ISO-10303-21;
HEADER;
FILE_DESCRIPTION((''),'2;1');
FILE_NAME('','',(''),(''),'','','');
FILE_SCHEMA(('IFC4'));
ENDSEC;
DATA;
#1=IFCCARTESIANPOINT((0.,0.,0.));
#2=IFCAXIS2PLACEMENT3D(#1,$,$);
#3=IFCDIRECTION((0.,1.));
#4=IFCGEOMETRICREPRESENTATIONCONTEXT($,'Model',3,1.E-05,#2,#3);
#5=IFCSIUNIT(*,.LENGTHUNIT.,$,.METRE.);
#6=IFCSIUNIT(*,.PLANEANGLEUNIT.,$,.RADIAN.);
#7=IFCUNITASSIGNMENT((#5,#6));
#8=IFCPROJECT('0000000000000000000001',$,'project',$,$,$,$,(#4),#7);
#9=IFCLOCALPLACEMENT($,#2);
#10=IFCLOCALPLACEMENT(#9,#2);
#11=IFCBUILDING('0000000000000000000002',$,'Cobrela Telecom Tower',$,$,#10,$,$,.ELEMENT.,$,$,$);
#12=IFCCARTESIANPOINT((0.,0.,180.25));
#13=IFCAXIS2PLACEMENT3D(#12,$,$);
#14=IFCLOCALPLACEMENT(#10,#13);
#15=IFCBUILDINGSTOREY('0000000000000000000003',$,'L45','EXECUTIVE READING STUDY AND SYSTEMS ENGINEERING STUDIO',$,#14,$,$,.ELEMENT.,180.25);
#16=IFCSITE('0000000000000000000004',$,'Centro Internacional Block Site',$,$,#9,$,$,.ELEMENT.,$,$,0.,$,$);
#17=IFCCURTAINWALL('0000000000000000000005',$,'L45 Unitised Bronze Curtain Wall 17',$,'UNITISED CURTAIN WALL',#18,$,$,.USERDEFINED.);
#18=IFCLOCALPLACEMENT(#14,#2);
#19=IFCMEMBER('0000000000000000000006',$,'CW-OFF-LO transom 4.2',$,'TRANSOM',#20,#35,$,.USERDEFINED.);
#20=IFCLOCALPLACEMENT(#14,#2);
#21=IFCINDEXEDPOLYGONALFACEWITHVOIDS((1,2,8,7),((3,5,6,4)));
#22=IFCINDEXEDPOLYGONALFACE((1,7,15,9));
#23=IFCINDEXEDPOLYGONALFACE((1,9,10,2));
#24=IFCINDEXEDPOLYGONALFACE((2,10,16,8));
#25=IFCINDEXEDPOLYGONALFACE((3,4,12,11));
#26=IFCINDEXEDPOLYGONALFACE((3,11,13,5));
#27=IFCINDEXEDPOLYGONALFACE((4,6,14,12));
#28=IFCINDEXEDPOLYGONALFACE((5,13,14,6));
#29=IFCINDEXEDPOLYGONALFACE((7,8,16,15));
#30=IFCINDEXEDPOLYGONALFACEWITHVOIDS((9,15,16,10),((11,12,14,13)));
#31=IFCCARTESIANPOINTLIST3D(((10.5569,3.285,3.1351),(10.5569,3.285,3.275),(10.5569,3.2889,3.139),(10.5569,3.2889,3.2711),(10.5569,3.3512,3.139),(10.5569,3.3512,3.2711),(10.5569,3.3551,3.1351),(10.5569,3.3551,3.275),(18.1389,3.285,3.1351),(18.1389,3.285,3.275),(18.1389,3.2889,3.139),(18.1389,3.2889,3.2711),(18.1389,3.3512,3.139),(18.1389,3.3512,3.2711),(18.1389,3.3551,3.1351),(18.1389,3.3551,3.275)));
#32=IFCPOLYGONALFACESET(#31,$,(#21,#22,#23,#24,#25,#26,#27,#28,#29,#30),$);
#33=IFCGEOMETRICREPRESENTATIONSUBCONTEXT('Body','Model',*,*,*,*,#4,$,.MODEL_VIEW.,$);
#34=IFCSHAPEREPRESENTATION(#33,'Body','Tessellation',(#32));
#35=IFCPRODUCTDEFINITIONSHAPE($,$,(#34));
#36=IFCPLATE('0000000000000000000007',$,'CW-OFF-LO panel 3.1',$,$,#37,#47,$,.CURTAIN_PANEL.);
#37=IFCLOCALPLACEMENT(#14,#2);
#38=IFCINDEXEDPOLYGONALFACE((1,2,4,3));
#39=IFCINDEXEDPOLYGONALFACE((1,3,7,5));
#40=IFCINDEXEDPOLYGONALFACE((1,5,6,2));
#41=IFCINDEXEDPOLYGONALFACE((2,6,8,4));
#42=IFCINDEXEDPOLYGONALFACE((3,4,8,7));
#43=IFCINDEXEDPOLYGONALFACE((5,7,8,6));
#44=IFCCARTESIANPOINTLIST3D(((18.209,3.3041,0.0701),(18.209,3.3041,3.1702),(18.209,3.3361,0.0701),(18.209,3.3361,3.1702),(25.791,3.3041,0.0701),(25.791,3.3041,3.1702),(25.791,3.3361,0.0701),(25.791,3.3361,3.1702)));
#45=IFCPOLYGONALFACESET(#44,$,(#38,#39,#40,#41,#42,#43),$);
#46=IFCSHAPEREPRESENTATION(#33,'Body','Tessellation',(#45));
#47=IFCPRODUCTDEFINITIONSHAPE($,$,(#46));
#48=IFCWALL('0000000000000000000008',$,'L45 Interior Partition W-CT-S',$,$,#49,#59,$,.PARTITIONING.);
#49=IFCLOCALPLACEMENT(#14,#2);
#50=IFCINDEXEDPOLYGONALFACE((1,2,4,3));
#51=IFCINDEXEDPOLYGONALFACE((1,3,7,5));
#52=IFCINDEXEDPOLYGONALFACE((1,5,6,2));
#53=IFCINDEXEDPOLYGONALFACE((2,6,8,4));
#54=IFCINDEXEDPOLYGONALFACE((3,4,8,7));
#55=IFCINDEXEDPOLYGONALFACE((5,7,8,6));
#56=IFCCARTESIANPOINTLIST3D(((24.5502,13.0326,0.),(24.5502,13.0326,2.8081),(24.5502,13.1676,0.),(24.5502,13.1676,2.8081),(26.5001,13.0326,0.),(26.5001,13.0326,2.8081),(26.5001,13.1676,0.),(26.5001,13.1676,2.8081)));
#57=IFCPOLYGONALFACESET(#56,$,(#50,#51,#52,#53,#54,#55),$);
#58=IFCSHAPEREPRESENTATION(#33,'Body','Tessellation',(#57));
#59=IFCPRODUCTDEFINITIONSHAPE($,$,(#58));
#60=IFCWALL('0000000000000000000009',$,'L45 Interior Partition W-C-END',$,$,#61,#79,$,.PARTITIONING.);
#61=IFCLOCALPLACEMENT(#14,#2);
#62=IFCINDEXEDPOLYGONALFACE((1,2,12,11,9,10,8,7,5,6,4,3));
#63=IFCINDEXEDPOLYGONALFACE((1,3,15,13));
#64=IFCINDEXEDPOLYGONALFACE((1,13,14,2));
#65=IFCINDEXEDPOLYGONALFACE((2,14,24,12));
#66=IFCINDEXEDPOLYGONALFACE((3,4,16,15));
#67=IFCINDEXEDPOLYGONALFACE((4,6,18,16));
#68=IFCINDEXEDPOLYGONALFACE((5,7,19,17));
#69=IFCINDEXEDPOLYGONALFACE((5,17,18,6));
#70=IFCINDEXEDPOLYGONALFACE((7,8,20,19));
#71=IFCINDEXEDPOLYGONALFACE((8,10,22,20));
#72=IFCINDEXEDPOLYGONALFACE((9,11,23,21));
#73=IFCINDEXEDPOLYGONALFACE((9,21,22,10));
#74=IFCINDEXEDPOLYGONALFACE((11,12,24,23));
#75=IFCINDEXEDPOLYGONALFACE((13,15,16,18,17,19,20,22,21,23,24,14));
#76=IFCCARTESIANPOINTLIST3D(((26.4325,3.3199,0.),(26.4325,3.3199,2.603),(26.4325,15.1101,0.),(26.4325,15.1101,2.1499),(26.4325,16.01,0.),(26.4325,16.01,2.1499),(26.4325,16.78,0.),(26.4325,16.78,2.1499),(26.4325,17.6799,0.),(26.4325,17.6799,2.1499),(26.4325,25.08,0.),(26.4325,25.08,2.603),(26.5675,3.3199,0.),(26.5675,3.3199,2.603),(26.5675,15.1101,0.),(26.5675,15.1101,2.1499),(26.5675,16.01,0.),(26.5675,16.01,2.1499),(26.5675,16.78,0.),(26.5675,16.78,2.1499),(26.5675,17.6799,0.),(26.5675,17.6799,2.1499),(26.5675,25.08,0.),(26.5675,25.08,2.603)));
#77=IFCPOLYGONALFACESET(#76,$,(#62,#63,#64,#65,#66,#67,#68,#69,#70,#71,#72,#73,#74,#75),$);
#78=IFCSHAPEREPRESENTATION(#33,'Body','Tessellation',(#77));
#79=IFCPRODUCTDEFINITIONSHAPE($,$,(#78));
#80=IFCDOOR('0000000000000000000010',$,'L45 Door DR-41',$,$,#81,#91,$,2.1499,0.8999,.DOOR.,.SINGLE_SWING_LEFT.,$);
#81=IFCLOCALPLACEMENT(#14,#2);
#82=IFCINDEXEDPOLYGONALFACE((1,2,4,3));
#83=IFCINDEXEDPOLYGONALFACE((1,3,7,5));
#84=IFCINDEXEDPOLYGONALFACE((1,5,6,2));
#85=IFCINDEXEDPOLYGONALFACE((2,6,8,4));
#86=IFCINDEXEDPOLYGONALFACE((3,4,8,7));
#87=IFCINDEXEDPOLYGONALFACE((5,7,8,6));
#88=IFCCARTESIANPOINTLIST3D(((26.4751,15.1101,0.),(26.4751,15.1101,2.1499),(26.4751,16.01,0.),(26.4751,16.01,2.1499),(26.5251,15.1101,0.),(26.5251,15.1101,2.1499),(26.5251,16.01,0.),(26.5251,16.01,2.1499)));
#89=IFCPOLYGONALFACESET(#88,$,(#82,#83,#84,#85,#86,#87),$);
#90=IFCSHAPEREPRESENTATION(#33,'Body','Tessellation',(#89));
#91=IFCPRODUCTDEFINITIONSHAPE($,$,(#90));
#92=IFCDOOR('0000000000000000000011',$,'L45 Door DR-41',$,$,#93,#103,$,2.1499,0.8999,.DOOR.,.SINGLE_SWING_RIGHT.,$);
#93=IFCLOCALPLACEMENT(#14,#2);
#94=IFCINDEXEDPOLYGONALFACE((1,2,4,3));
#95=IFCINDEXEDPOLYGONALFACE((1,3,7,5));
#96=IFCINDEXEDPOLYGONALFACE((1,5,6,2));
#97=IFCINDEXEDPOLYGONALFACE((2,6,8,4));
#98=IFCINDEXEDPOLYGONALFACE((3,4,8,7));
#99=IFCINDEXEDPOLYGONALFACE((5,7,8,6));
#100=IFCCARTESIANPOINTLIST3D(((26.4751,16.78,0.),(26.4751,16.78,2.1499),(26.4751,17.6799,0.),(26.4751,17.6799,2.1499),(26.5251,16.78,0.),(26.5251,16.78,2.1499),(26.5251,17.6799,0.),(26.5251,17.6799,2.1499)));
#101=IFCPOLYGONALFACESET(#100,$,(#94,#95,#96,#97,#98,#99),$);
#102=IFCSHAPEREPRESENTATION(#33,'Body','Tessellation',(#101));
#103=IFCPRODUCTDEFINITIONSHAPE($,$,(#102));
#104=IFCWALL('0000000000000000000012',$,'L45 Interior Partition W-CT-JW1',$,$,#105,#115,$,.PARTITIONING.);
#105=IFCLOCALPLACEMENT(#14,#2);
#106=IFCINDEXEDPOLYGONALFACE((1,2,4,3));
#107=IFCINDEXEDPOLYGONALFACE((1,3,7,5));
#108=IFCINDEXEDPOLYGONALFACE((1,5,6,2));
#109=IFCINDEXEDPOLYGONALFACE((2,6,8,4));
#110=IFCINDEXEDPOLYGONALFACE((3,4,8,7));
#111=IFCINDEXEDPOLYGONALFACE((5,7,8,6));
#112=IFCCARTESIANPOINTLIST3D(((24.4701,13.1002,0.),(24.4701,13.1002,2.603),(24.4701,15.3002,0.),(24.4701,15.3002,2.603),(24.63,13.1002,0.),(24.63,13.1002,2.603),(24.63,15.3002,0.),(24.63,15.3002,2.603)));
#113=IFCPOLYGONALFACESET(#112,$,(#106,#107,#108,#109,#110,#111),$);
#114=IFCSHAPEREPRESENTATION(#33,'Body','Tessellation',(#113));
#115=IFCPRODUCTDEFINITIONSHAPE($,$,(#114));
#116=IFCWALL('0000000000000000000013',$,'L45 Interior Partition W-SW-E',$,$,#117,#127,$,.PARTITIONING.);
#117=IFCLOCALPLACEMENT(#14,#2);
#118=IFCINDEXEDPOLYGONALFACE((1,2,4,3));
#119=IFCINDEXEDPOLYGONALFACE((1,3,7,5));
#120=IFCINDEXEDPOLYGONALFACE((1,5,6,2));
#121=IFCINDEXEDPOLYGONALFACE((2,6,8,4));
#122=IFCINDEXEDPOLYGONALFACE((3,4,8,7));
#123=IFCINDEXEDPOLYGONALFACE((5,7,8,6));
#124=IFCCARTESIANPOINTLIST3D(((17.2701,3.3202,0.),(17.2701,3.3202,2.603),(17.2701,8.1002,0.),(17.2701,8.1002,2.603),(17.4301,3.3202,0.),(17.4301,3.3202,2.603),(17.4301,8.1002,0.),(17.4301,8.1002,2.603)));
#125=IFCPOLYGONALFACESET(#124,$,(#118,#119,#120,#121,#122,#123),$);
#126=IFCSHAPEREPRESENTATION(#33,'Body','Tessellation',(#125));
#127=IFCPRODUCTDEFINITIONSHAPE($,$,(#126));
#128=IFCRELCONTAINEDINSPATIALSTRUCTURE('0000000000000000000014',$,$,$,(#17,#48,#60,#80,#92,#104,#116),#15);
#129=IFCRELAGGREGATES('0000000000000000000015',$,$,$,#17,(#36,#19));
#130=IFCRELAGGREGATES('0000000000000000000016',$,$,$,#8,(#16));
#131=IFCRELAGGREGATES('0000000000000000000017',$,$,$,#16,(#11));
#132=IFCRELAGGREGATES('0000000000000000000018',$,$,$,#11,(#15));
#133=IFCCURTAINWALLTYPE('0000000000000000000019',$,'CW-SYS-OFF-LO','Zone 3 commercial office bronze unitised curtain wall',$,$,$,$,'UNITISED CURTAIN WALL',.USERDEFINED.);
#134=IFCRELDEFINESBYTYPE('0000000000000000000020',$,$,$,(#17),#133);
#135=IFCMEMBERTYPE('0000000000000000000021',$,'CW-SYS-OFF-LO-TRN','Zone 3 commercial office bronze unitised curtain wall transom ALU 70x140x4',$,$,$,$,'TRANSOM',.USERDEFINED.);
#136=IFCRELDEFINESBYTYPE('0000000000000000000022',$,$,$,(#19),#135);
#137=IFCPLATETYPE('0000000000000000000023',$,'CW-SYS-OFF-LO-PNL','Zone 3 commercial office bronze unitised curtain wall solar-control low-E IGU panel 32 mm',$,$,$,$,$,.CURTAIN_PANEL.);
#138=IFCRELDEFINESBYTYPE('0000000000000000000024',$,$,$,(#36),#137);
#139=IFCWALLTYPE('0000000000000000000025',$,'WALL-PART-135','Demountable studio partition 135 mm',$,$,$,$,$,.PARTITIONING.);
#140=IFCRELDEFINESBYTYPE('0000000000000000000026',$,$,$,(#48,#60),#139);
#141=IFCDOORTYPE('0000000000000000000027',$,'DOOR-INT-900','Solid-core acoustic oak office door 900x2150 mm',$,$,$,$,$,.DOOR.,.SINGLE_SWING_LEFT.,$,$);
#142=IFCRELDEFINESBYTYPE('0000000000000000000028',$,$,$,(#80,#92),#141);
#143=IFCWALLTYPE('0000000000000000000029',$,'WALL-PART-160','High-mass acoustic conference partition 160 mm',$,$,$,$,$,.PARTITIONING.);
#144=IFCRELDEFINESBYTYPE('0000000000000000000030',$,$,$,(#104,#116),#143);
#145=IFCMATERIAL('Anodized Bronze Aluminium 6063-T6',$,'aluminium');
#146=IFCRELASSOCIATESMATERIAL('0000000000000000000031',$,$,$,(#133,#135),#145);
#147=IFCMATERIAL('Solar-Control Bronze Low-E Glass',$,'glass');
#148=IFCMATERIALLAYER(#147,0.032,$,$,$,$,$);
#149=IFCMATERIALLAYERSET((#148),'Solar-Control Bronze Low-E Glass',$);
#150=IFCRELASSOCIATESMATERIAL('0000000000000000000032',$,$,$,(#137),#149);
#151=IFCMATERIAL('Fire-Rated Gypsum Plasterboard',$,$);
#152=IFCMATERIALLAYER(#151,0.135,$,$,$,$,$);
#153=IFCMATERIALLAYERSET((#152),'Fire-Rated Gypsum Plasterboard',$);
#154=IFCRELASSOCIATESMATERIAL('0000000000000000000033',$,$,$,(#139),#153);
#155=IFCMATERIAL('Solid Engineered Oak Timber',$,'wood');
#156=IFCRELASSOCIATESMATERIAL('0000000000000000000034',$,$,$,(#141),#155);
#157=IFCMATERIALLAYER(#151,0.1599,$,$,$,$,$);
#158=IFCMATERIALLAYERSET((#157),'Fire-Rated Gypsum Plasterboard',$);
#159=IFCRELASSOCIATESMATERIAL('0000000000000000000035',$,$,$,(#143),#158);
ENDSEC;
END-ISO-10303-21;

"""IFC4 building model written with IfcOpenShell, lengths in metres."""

from ifc_helpers import new_model, si_unit, direction, frame, frame_2d, origin, origin_2d, place, context, subcontext, project, spatial, rectangle, hollow_rectangle, extrude, material, layer, layer_set, material_profile, profile_set, type_object, element, fill, aggregate, save


model = new_model("IFC4")

# Units and contexts
model_context = context("Model", 3, precision=1e-05, world=origin(), true_north=direction((0.0, 1.0)))
body_context = subcontext(model_context, "Body", "Model", "MODEL_VIEW")
ifc_project = project(units=[si_unit("LENGTHUNIT", "METRE"), si_unit("PLANEANGLEUNIT", "RADIAN")], contexts=[model_context])

# Site, building, storey
site_placement = place(None, origin())
site = spatial("IfcSite", under=ifc_project, at=site_placement, Name="Centro Internacional Block Site", CompositionType="ELEMENT", RefElevation=0.0)
building_placement = place(site_placement, origin())
building = spatial("IfcBuilding", under=site, at=building_placement, Name="Cobrela Telecom Tower", CompositionType="ELEMENT")
storey_placement = place(building_placement, frame((0.0, 0.0, 180.25)))
storey = spatial("IfcBuildingStorey", under=building, at=storey_placement, Name="L45", Description="EXECUTIVE READING STUDY AND SYSTEMS ENGINEERING STUDIO", CompositionType="ELEMENT", Elevation=180.25)

# Curtain wall, member, plate
ifc_material_1 = material(Name="Anodized Bronze Aluminium 6063-T6", Category="aluminium")
curtain_wall_type = type_object("IfcCurtainWallType", Name="CW-SYS-OFF-LO", Description="Zone 3 commercial office bronze unitised curtain wall", ElementType="UNITISED CURTAIN WALL", PredefinedType="USERDEFINED", material=ifc_material_1)
curtain_wall_placement = place(storey_placement, origin())
curtain_wall = element("IfcCurtainWall", 1, at=curtain_wall_placement, inside=storey, type_object=curtain_wall_type, Name="L45 Unitised Bronze Curtain Wall 17", ObjectType="UNITISED CURTAIN WALL", PredefinedType="USERDEFINED")
ifc_material_profile_1 = material_profile(ifc_material_1, hollow_rectangle(XDim=0.0701, YDim=0.1399, WallThickness=0.0039, at=origin_2d()), Name="ALU 70x140x4")
ifc_profile_set_1 = profile_set([ifc_material_profile_1], Name="Anodized Bronze Aluminium 6063-T6")
member_type_1 = type_object("IfcMemberType", Name="CW-SYS-OFF-LO-TRN", Description="Zone 3 commercial office bronze unitised curtain wall transom ALU 70x140x4", ElementType="TRANSOM", PredefinedType="USERDEFINED", material=ifc_profile_set_1)
member_1_placement = place(storey_placement, frame((18.1389, 3.3201, 3.2051), z_axis=(-1.0, 0.0, 0.0), x_axis=(0.0, -1.0, 0.0)))
member_1 = element("IfcMember", 2, at=member_1_placement, type_object=member_type_1, Name="CW-OFF-LO transom 4.2", ObjectType="TRANSOM", PredefinedType="USERDEFINED", context=body_context, shape_type="SweptSolid", body=[
    extrude(hollow_rectangle(XDim=0.0701, YDim=0.1399, WallThickness=0.0039, at=origin_2d()), origin(), (0.0, 0.0, 1.0), 7.582),
])
ifc_material_2 = material(Name="Solar-Control Bronze Low-E Glass", Category="glass")
ifc_layer_1 = layer(ifc_material_2, 0.032)
ifc_layer_set_1 = layer_set([ifc_layer_1], Name="Solar-Control Bronze Low-E Glass")
plate_type = type_object("IfcPlateType", Name="CW-SYS-OFF-LO-PNL", Description="Zone 3 commercial office bronze unitised curtain wall solar-control low-E IGU panel 32 mm", PredefinedType="CURTAIN_PANEL", material=ifc_layer_set_1)
plate_placement = place(storey_placement, frame((22.0, 3.3201, 0.0701), z_axis=(0.0, 0.0, 1.0), x_axis=(-1.0, 0.0, 0.0)))
plate = element("IfcPlate", 3, at=plate_placement, type_object=plate_type, Name="CW-OFF-LO panel 3.1", PredefinedType="CURTAIN_PANEL", context=body_context, shape_type="SweptSolid", body=[
    extrude(rectangle(XDim=7.582, YDim=0.032, at=origin_2d()), origin(), (0.0, 0.0, 1.0), 3.1001),
])
aggregate(curtain_wall, [plate, member_1])

# Wall
ifc_material_3 = material(Name="Fire-Rated Gypsum Plasterboard")
ifc_layer_2 = layer(ifc_material_3, 0.135)
ifc_layer_set_2 = layer_set([ifc_layer_2], Name="Fire-Rated Gypsum Plasterboard")
wall_type_1 = type_object("IfcWallType", Name="WALL-PART-135", Description="Demountable studio partition 135 mm", PredefinedType="PARTITIONING", material=ifc_layer_set_2)
wall_1_placement = place(storey_placement, frame((24.55, 13.1001, 0.0), z_axis=(0.0, 0.0, 1.0), x_axis=(1.0, 0.0, 0.0)))
element("IfcWall", 4, at=wall_1_placement, inside=storey, type_object=wall_type_1, Name="L45 Interior Partition W-CT-S", PredefinedType="PARTITIONING", context=body_context, shape_type="SweptSolid", body=[
    extrude(rectangle(XDim=1.95, YDim=0.135, at=frame_2d((0.9751, 0.0))), origin(), (0.0, 0.0, 1.0), 2.8081),
])

# Wall, openings, doors
wall_2_placement = place(storey_placement, frame((26.5, 3.3201, 0.0), z_axis=(0.0, 0.0, 1.0), x_axis=(0.0, 1.0, 0.0)))
wall_2 = element("IfcWall", 5, at=wall_2_placement, inside=storey, type_object=wall_type_1, Name="L45 Interior Partition W-C-END", PredefinedType="PARTITIONING", context=body_context, shape_type="SweptSolid", body=[
    extrude(rectangle(XDim=21.76, YDim=0.135, at=frame_2d((10.8799, 0.0))), origin(), (0.0, 0.0, 1.0), 2.603),
])
opening_1_placement = place(wall_2_placement, frame((11.79, 0.0, 0.0)))
opening_1 = element("IfcOpeningElement", 6, at=opening_1_placement, cuts=wall_2, PredefinedType="OPENING", context=body_context, shape_type="SweptSolid", body=[
    extrude(rectangle(XDim=0.8999, YDim=2.1499, at=frame_2d((0.45, 1.075))), frame((0.0, 0.0796, 0.0), z_axis=(0.0, -1.0, 0.0), x_axis=(1.0, 0.0, 0.0)), (0.0, 0.0, 1.0), 0.1589),
])
opening_2_placement = place(wall_2_placement, frame((13.46, 0.0, 0.0)))
opening_2 = element("IfcOpeningElement", 7, at=opening_2_placement, cuts=wall_2, PredefinedType="OPENING", context=body_context, shape_type="SweptSolid", body=[
    extrude(rectangle(XDim=0.8999, YDim=2.1499, at=frame_2d((0.45, 1.075))), frame((0.0, 0.0796, 0.0), z_axis=(0.0, -1.0, 0.0), x_axis=(1.0, 0.0, 0.0)), (0.0, 0.0, 1.0), 0.1589),
])
ifc_material_4 = material(Name="Solid Engineered Oak Timber", Category="wood")
door_type = type_object("IfcDoorType", Name="DOOR-INT-900", Description="Solid-core acoustic oak office door 900x2150 mm", OperationType="SINGLE_SWING_LEFT", PredefinedType="DOOR", material=ifc_material_4)
door_1_placement = place(opening_1_placement, origin())
door_1 = element("IfcDoor", 8, at=door_1_placement, inside=storey, type_object=door_type, Name="L45 Door DR-41", OperationType="SINGLE_SWING_LEFT", OverallHeight=2.1499, OverallWidth=0.8999, PredefinedType="DOOR", context=body_context, shape_type="SweptSolid", body=[
    extrude(rectangle(XDim=0.8999, YDim=2.1499, at=frame_2d((0.45, 1.075))), frame((0.0, 0.0249, 0.0), z_axis=(0.0, -1.0, 0.0), x_axis=(1.0, 0.0, 0.0)), (0.0, 0.0, 1.0), 0.05),
])
fill(opening_1, door_1)
door_2_placement = place(opening_2_placement, origin())
door_2 = element("IfcDoor", 9, at=door_2_placement, inside=storey, type_object=door_type, Name="L45 Door DR-41", OperationType="SINGLE_SWING_RIGHT", OverallHeight=2.1499, OverallWidth=0.8999, PredefinedType="DOOR", context=body_context, shape_type="SweptSolid", body=[
    extrude(rectangle(XDim=0.8999, YDim=2.1499, at=frame_2d((0.45, 1.075))), frame((0.0, 0.0249, 0.0), z_axis=(0.0, -1.0, 0.0), x_axis=(1.0, 0.0, 0.0)), (0.0, 0.0, 1.0), 0.05),
])
fill(opening_2, door_2)

# Walls
ifc_layer_3 = layer(ifc_material_3, 0.1599)
ifc_layer_set_3 = layer_set([ifc_layer_3], Name="Fire-Rated Gypsum Plasterboard")
wall_type_2 = type_object("IfcWallType", Name="WALL-PART-160", Description="High-mass acoustic conference partition 160 mm", PredefinedType="PARTITIONING", material=ifc_layer_set_3)
wall_3_placement = place(storey_placement, frame((24.55, 13.1001, 0.0), z_axis=(0.0, 0.0, 1.0), x_axis=(0.0, 1.0, 0.0)))
element("IfcWall", 10, at=wall_3_placement, inside=storey, type_object=wall_type_2, Name="L45 Interior Partition W-CT-JW1", PredefinedType="PARTITIONING", context=body_context, shape_type="SweptSolid", body=[
    extrude(rectangle(XDim=2.2, YDim=0.1599, at=frame_2d((1.1001, 0.0))), origin(), (0.0, 0.0, 1.0), 2.603),
])
wall_4_placement = place(storey_placement, frame((17.3501, 3.3201, 0.0), z_axis=(0.0, 0.0, 1.0), x_axis=(0.0, 1.0, 0.0)))
element("IfcWall", 11, at=wall_4_placement, inside=storey, type_object=wall_type_2, Name="L45 Interior Partition W-SW-E", PredefinedType="PARTITIONING", context=body_context, shape_type="SweptSolid", body=[
    extrude(rectangle(XDim=4.78, YDim=0.1599, at=frame_2d((2.3901, 0.0))), origin(), (0.0, 0.0, 1.0), 2.603),
])

save(model, "model.ifc")
